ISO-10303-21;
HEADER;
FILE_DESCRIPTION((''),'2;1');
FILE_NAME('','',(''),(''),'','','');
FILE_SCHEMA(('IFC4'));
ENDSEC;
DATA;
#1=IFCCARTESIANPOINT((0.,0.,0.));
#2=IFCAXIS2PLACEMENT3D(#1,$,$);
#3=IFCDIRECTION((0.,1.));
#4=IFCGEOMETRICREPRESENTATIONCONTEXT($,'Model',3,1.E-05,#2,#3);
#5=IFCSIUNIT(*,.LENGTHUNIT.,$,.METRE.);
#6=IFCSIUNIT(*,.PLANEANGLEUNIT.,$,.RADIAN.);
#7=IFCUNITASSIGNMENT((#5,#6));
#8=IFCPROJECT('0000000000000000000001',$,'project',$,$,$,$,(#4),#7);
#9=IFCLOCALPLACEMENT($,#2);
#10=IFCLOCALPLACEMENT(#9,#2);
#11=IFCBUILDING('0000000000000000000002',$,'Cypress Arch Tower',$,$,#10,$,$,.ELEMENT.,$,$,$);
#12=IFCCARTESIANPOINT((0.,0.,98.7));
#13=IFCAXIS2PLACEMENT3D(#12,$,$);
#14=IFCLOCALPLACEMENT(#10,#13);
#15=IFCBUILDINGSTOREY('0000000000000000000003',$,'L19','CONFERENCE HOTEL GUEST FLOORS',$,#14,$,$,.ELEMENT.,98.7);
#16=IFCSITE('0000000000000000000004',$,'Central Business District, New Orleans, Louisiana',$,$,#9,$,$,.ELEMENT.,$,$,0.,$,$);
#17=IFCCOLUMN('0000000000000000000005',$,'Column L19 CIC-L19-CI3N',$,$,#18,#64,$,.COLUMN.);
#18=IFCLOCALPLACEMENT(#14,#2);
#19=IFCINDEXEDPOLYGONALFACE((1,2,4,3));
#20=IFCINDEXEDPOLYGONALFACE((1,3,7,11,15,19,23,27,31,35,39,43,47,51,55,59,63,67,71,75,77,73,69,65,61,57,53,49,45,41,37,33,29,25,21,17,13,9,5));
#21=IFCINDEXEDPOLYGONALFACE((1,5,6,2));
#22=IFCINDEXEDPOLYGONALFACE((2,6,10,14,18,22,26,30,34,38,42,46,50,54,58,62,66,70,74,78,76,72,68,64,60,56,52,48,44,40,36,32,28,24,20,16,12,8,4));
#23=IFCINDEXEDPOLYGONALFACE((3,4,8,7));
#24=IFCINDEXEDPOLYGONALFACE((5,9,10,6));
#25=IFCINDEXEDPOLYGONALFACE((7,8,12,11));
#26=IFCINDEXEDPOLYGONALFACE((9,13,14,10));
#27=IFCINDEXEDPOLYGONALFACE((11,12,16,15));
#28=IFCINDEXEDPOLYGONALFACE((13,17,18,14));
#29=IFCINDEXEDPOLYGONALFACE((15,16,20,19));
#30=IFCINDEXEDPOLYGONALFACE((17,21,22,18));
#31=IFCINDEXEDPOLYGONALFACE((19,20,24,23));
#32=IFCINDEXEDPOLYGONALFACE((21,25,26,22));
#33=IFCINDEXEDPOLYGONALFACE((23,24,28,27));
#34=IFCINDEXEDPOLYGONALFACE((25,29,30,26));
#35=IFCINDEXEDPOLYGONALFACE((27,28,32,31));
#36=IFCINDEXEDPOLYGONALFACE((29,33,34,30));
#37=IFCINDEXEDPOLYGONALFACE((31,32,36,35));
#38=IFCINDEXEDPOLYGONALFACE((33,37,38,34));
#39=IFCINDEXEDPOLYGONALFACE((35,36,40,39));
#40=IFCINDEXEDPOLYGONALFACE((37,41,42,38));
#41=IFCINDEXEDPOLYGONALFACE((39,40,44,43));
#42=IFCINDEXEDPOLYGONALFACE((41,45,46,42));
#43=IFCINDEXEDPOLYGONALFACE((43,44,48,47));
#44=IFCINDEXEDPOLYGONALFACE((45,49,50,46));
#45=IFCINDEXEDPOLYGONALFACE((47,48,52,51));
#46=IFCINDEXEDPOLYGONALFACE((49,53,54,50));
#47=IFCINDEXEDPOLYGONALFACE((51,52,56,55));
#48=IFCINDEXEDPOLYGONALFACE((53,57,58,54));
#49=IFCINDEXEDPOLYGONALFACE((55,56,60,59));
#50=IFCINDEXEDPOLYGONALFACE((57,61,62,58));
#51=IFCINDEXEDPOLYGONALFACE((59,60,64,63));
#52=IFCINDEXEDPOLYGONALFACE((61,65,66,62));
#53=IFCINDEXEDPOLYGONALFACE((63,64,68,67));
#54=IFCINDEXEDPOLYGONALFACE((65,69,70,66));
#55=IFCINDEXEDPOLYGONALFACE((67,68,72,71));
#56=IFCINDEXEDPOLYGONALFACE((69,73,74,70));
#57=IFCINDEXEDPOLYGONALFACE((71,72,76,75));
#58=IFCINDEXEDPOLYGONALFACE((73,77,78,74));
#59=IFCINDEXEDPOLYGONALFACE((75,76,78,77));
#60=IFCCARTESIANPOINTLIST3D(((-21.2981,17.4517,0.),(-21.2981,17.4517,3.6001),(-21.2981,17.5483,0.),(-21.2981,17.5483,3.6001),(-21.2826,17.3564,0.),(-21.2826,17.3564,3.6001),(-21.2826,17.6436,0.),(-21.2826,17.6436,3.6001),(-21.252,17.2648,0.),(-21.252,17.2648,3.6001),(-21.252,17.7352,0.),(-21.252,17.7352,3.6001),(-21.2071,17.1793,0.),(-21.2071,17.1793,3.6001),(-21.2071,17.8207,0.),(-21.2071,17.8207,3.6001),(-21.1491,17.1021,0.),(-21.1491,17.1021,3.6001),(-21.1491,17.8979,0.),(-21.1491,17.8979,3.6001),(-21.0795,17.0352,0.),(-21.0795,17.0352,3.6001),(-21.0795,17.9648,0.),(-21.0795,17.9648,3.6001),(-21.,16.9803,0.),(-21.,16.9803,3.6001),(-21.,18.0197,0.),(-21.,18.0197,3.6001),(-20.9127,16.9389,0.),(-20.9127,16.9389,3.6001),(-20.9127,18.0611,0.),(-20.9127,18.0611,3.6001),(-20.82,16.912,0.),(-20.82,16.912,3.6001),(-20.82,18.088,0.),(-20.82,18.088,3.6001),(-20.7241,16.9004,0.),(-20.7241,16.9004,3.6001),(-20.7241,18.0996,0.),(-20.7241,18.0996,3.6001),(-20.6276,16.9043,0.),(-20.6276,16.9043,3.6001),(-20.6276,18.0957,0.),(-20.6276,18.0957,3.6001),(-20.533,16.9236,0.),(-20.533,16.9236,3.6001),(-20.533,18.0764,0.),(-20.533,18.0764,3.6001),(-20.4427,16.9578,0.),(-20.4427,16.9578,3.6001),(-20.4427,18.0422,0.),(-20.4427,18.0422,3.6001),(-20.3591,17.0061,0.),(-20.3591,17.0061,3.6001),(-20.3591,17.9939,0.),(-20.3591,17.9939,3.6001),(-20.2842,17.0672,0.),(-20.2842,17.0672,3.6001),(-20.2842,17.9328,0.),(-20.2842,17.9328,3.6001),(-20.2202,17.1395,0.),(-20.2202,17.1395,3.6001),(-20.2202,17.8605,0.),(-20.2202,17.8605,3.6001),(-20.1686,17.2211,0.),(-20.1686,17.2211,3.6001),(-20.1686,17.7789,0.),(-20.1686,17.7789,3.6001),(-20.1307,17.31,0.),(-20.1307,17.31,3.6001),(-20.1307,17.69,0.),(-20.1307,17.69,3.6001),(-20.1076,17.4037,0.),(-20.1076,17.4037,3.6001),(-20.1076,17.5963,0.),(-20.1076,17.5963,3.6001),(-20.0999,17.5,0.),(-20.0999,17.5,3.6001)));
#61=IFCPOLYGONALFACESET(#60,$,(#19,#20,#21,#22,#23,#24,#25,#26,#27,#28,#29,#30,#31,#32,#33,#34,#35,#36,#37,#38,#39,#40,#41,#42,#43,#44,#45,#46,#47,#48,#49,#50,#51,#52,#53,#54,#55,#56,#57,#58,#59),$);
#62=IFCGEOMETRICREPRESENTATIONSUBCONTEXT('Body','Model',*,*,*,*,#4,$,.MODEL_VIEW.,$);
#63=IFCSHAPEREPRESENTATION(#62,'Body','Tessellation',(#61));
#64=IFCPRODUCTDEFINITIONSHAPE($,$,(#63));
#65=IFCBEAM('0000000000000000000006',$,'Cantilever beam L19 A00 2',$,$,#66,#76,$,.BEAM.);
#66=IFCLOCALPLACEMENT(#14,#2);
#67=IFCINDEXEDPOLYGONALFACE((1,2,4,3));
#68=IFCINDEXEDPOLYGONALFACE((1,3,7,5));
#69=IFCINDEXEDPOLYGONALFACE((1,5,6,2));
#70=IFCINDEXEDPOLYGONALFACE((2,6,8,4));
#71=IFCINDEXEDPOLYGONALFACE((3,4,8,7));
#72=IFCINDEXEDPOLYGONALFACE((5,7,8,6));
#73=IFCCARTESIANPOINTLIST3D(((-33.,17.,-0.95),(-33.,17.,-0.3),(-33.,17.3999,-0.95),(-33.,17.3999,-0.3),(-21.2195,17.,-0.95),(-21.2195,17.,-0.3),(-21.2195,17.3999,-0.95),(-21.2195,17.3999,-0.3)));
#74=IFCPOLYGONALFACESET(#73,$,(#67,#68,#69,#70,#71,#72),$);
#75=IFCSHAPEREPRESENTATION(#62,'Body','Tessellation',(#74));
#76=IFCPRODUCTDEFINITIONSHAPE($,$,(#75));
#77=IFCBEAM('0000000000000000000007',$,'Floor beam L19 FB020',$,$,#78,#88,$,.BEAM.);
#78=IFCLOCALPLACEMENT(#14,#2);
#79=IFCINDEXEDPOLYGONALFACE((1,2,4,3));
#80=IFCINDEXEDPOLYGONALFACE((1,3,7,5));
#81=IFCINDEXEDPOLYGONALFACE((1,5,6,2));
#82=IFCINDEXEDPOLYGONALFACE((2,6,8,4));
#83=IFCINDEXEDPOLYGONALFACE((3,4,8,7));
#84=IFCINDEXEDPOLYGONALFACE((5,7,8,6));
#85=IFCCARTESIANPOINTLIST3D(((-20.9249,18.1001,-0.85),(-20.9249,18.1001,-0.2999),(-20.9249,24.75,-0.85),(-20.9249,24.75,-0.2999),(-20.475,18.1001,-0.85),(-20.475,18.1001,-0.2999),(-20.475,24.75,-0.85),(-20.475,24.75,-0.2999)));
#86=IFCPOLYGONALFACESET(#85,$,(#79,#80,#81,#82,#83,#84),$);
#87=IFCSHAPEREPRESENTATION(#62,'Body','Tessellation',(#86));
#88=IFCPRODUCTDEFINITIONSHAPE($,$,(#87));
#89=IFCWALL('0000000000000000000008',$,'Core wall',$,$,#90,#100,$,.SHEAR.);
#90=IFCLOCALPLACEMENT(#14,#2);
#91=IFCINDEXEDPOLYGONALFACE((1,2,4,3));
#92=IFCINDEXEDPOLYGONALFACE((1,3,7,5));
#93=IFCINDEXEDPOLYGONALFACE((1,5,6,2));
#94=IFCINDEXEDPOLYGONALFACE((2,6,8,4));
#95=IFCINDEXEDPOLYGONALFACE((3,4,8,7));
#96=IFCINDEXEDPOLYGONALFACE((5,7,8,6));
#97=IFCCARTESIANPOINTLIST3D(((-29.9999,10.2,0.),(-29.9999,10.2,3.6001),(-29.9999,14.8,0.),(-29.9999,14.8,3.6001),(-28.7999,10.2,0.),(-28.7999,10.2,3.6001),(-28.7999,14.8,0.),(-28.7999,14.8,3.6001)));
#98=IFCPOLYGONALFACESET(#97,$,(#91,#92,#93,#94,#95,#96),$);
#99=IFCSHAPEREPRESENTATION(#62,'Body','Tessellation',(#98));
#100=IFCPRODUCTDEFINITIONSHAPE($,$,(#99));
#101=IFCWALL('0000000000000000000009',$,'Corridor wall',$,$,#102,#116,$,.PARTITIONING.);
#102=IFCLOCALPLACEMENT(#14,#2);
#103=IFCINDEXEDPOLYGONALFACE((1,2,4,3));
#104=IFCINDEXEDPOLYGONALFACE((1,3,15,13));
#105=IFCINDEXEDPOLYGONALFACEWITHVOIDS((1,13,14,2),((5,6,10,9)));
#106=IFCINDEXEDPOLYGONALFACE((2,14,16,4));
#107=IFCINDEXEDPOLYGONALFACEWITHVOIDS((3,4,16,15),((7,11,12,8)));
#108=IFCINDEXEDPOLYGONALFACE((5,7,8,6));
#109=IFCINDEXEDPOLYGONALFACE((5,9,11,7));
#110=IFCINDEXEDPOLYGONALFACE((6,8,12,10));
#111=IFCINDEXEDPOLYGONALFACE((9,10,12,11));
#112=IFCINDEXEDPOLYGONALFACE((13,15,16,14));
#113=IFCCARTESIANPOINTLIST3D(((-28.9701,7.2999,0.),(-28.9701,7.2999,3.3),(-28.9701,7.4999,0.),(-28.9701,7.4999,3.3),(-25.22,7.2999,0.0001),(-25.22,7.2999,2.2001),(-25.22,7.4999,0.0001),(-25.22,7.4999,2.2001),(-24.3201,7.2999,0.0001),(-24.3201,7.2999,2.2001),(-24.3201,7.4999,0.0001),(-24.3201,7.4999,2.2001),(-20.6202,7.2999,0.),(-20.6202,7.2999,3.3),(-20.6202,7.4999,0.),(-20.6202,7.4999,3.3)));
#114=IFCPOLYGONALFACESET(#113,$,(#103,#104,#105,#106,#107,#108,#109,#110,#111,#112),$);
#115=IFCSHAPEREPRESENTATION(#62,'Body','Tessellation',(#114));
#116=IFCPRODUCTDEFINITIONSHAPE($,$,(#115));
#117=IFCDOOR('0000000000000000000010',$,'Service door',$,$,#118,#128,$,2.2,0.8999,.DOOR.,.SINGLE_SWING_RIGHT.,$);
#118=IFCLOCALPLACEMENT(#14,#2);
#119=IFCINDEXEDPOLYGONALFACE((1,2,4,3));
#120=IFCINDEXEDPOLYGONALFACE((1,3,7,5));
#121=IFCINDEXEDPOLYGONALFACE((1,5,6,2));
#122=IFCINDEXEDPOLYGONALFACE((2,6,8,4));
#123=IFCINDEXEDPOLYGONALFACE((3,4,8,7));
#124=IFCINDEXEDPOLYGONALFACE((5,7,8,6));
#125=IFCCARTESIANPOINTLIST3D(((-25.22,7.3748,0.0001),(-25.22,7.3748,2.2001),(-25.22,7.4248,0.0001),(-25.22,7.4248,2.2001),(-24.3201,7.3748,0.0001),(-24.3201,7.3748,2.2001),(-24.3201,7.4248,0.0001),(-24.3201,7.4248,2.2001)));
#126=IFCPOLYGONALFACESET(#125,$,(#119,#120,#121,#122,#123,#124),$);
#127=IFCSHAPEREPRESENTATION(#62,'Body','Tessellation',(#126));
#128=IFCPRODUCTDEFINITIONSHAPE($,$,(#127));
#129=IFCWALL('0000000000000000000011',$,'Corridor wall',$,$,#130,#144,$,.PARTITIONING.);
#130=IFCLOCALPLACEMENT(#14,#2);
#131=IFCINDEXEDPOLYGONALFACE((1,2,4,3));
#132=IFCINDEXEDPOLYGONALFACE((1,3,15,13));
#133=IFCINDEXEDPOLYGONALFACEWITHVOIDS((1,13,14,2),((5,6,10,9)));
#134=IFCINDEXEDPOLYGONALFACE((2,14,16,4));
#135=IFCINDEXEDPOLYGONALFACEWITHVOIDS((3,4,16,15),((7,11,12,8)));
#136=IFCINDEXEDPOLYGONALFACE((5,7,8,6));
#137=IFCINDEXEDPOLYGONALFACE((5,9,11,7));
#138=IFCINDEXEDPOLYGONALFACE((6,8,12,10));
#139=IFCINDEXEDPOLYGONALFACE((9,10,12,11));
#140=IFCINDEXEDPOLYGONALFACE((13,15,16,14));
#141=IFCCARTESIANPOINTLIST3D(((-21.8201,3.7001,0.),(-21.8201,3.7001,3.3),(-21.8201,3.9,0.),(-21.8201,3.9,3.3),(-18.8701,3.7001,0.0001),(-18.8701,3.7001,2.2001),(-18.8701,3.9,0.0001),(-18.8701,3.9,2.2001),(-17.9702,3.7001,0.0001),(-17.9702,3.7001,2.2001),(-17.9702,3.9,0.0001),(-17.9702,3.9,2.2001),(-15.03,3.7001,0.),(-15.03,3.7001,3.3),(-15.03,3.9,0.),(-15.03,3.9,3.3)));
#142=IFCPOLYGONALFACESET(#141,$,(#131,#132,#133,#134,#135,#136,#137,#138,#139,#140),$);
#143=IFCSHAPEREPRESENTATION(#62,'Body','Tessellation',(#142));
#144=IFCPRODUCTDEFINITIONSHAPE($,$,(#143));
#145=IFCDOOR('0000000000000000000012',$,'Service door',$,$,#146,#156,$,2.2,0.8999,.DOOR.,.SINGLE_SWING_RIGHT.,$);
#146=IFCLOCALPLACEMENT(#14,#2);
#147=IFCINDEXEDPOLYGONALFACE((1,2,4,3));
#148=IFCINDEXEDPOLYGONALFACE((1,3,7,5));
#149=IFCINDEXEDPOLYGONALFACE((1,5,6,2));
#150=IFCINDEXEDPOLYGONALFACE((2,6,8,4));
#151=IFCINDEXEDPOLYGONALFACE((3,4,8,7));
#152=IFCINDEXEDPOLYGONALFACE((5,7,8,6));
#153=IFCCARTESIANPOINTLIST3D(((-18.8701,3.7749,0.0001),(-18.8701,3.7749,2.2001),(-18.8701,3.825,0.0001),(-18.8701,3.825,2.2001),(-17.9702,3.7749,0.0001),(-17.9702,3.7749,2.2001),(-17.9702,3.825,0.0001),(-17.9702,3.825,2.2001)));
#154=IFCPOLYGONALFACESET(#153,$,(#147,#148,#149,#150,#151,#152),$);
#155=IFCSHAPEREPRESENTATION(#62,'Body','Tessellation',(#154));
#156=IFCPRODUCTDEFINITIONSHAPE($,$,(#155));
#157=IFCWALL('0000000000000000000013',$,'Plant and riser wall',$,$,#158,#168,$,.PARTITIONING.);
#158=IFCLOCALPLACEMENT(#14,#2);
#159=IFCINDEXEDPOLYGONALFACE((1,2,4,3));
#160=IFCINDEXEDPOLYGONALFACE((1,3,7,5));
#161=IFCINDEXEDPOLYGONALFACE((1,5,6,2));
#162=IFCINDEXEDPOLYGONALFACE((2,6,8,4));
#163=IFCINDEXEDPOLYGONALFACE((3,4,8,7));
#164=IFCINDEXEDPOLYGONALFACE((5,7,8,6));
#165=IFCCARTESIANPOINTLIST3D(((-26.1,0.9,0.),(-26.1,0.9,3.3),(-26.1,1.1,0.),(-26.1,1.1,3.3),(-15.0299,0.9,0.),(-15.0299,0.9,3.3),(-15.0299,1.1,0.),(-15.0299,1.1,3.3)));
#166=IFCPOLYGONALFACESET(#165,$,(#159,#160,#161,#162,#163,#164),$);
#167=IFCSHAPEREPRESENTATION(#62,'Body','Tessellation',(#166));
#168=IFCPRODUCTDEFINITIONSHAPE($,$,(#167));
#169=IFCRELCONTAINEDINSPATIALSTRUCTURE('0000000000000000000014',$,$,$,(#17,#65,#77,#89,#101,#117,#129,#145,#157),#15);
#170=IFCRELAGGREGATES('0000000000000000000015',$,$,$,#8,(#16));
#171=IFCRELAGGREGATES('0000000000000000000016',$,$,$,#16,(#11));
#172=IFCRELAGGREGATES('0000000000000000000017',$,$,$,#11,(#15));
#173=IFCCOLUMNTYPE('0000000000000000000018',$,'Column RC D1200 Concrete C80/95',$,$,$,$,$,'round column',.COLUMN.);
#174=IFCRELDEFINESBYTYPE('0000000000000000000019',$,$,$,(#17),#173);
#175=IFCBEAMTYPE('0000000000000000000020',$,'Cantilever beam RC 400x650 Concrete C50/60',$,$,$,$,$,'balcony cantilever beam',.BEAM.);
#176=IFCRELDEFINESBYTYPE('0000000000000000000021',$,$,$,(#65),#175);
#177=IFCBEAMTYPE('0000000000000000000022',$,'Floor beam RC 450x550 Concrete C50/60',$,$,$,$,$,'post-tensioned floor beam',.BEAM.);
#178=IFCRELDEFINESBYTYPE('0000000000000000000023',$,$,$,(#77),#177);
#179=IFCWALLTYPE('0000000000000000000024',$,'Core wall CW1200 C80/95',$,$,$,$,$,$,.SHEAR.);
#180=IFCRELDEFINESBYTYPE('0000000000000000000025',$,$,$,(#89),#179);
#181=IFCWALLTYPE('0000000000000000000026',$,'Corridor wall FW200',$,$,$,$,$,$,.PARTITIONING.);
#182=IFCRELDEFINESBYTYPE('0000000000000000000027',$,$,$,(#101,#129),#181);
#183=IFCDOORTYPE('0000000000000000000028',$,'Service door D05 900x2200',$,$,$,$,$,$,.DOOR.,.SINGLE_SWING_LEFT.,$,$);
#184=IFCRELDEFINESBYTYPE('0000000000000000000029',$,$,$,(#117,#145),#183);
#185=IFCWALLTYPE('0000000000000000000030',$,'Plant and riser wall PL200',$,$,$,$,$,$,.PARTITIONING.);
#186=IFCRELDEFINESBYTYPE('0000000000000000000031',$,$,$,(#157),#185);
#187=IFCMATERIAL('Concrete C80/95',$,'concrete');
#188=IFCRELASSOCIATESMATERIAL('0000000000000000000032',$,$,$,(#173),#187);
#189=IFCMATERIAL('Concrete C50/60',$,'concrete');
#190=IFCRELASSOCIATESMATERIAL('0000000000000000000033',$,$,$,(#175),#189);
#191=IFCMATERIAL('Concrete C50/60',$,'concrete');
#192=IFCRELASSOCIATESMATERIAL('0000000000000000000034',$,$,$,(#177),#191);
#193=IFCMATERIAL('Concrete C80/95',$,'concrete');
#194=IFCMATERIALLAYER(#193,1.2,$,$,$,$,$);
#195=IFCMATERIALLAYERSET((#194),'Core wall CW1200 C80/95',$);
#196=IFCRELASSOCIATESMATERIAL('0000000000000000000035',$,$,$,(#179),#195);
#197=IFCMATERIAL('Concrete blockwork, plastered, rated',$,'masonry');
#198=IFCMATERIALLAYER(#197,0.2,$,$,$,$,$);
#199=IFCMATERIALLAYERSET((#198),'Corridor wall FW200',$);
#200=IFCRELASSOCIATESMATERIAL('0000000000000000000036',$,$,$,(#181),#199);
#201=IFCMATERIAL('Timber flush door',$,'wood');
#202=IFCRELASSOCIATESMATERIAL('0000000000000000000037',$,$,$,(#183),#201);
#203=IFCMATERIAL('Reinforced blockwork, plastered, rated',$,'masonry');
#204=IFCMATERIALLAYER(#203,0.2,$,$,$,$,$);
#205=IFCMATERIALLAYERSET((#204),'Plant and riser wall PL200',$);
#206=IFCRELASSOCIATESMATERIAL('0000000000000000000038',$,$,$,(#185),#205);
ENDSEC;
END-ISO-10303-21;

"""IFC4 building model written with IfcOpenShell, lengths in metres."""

from ifc_helpers import new_model, si_unit, direction, frame, frame_2d, origin, origin_2d, place, context, subcontext, project, spatial, rectangle, circle, extrude, material, layer, layer_set, material_profile, profile_set, type_object, element, fill, save


model = new_model("IFC4")

# Units and contexts
model_context = context("Model", 3, precision=1e-05, world=origin(), true_north=direction((0.0, 1.0)))
body_context = subcontext(model_context, "Body", "Model", "MODEL_VIEW")
ifc_project = project(units=[si_unit("LENGTHUNIT", "METRE"), si_unit("PLANEANGLEUNIT", "RADIAN")], contexts=[model_context])

# Site, building, storey
site_placement = place(None, origin())
site = spatial("IfcSite", under=ifc_project, at=site_placement, Name="Central Business District, New Orleans, Louisiana", CompositionType="ELEMENT", RefElevation=0.0)
building_placement = place(site_placement, origin())
building = spatial("IfcBuilding", under=site, at=building_placement, Name="Cypress Arch Tower", CompositionType="ELEMENT")
storey_placement = place(building_placement, frame((0.0, 0.0, 98.7)))
storey = spatial("IfcBuildingStorey", under=building, at=storey_placement, Name="L19", Description="CONFERENCE HOTEL GUEST FLOORS", CompositionType="ELEMENT", Elevation=98.7)

# Column
ifc_material_1 = material(Name="Concrete C80/95", Category="concrete")
ifc_material_profile_1 = material_profile(ifc_material_1, circle(Radius=0.6001, at=origin_2d()), Name="RC D1200")
ifc_profile_set_1 = profile_set([ifc_material_profile_1], Name="Concrete C80/95")
column_type = type_object("IfcColumnType", Name="Column RC D1200 Concrete C80/95", ElementType="round column", PredefinedType="COLUMN", material=ifc_profile_set_1)
column_placement = place(storey_placement, frame((-20.7, 17.5, 0.0), z_axis=(0.0, 0.0, 1.0), x_axis=(1.0, 0.0, 0.0)))
element("IfcColumn", 1, at=column_placement, inside=storey, type_object=column_type, Name="Column L19 CIC-L19-CI3N", PredefinedType="COLUMN", context=body_context, shape_type="SweptSolid", body=[
    extrude(circle(Radius=0.6001, at=origin_2d()), origin(), (0.0, 0.0, 1.0), 3.6001),
])

# Beams
ifc_material_2 = material(Name="Concrete C50/60", Category="concrete")
ifc_material_profile_2 = material_profile(ifc_material_2, rectangle(XDim=0.3999, YDim=0.6499, at=origin_2d()), Name="RC 400x650")
ifc_profile_set_2 = profile_set([ifc_material_profile_2], Name="Concrete C50/60")
beam_type_1 = type_object("IfcBeamType", Name="Cantilever beam RC 400x650 Concrete C50/60", ElementType="balcony cantilever beam", PredefinedType="BEAM", material=ifc_profile_set_2)
beam_1_placement = place(storey_placement, frame((-21.2195, 17.2, -0.625), z_axis=(-1.0, 0.0, 0.0), x_axis=(0.0, -1.0, 0.0)))
element("IfcBeam", 2, at=beam_1_placement, inside=storey, type_object=beam_type_1, Name="Cantilever beam L19 A00 2", PredefinedType="BEAM", context=body_context, shape_type="SweptSolid", body=[
    extrude(rectangle(XDim=0.3999, YDim=0.6499, at=origin_2d()), origin(), (0.0, 0.0, 1.0), 11.7805),
])
ifc_material_3 = material(Name="Concrete C50/60", Category="concrete")
ifc_material_profile_3 = material_profile(ifc_material_3, rectangle(XDim=0.45, YDim=0.55, at=origin_2d()), Name="RC 450x550")
ifc_profile_set_3 = profile_set([ifc_material_profile_3], Name="Concrete C50/60")
beam_type_2 = type_object("IfcBeamType", Name="Floor beam RC 450x550 Concrete C50/60", ElementType="post-tensioned floor beam", PredefinedType="BEAM", material=ifc_profile_set_3)
beam_2_placement = place(storey_placement, frame((-20.7, 18.1001, -0.575), z_axis=(0.0, 1.0, 0.0), x_axis=(-1.0, 0.0, 0.0)))
element("IfcBeam", 3, at=beam_2_placement, inside=storey, type_object=beam_type_2, Name="Floor beam L19 FB020", PredefinedType="BEAM", context=body_context, shape_type="SweptSolid", body=[
    extrude(rectangle(XDim=0.45, YDim=0.55, at=origin_2d()), origin(), (0.0, 0.0, 1.0), 6.6499),
])

# Shared definitions
ifc_material_4 = material(Name="Concrete C80/95", Category="concrete")
ifc_layer_1 = layer(ifc_material_4, 1.2)
ifc_layer_set_1 = layer_set([ifc_layer_1], Name="Core wall CW1200 C80/95")
wall_type_1 = type_object("IfcWallType", Name="Core wall CW1200 C80/95", PredefinedType="SHEAR", material=ifc_layer_set_1)

# Wall
wall_1_placement = place(storey_placement, frame((-29.3999, 10.2, 0.0), z_axis=(0.0, 0.0, 1.0), x_axis=(0.0, 1.0, 0.0)))
element("IfcWall", 4, at=wall_1_placement, inside=storey, type_object=wall_type_1, Name="Core wall", PredefinedType="SHEAR", context=body_context, shape_type="SweptSolid", body=[
    extrude(rectangle(XDim=4.6001, YDim=1.2, at=frame_2d((2.3, 0.0))), origin(), (0.0, 0.0, 1.0), 3.6001),
])

# Walls, openings, doors
ifc_material_5 = material(Name="Concrete blockwork, plastered, rated", Category="masonry")
ifc_layer_2 = layer(ifc_material_5, 0.2)
ifc_layer_set_2 = layer_set([ifc_layer_2], Name="Corridor wall FW200")
wall_type_2 = type_object("IfcWallType", Name="Corridor wall FW200", PredefinedType="PARTITIONING", material=ifc_layer_set_2)
wall_2_placement = place(storey_placement, frame((-28.97, 7.3999, 0.0), z_axis=(0.0, 0.0, 1.0), x_axis=(1.0, 0.0, 0.0)))
wall_2 = element("IfcWall", 5, at=wall_2_placement, inside=storey, type_object=wall_type_2, Name="Corridor wall", PredefinedType="PARTITIONING", context=body_context, shape_type="SweptSolid", body=[
    extrude(rectangle(XDim=8.3499, YDim=0.2, at=frame_2d((4.1748, 0.0))), origin(), (0.0, 0.0, 1.0), 3.3),
])
opening_1_placement = place(wall_2_placement, frame((3.75, 0.0, 0.0)))
opening_1 = element("IfcOpeningElement", 6, at=opening_1_placement, cuts=wall_2, PredefinedType="OPENING", context=body_context, shape_type="SweptSolid", body=[
    extrude(rectangle(XDim=0.8999, YDim=2.2, at=frame_2d((0.45, 1.1001))), frame((0.0, 0.1099, 0.0), z_axis=(0.0, -1.0, 0.0), x_axis=(1.0, 0.0, 0.0)), (0.0, 0.0, 1.0), 0.22),
])
ifc_material_6 = material(Name="Timber flush door", Category="wood")
door_type_1 = type_object("IfcDoorType", Name="Service door D05 900x2200", OperationType="SINGLE_SWING_LEFT", PredefinedType="DOOR", material=ifc_material_6)
door_1_placement = place(opening_1_placement, origin())
door_1 = element("IfcDoor", 7, at=door_1_placement, inside=storey, type_object=door_type_1, Name="Service door", OperationType="SINGLE_SWING_RIGHT", OverallHeight=2.2, OverallWidth=0.8999, PredefinedType="DOOR", context=body_context, shape_type="SweptSolid", body=[
    extrude(rectangle(XDim=0.8999, YDim=2.2, at=frame_2d((0.45, 1.1001))), frame((0.0, 0.0249, 0.0), z_axis=(0.0, -1.0, 0.0), x_axis=(1.0, 0.0, 0.0)), (0.0, 0.0, 1.0), 0.05),
])
fill(opening_1, door_1)
wall_3_placement = place(storey_placement, frame((-21.8201, 3.8, 0.0), z_axis=(0.0, 0.0, 1.0), x_axis=(1.0, 0.0, 0.0)))
wall_3 = element("IfcWall", 8, at=wall_3_placement, inside=storey, type_object=wall_type_2, Name="Corridor wall", PredefinedType="PARTITIONING", context=body_context, shape_type="SweptSolid", body=[
    extrude(rectangle(XDim=6.79, YDim=0.2, at=frame_2d((3.395, 0.0))), origin(), (0.0, 0.0, 1.0), 3.3),
])
opening_2_placement = place(wall_3_placement, frame((2.95, 0.0, 0.0)))
opening_2 = element("IfcOpeningElement", 9, at=opening_2_placement, cuts=wall_3, PredefinedType="OPENING", context=body_context, shape_type="SweptSolid", body=[
    extrude(rectangle(XDim=0.8999, YDim=2.2, at=frame_2d((0.45, 1.1001))), frame((0.0, 0.1099, 0.0), z_axis=(0.0, -1.0, 0.0), x_axis=(1.0, 0.0, 0.0)), (0.0, 0.0, 1.0), 0.22),
])
door_2_placement = place(opening_2_placement, origin())
door_2 = element("IfcDoor", 10, at=door_2_placement, inside=storey, type_object=door_type_1, Name="Service door", OperationType="SINGLE_SWING_RIGHT", OverallHeight=2.2, OverallWidth=0.8999, PredefinedType="DOOR", context=body_context, shape_type="SweptSolid", body=[
    extrude(rectangle(XDim=0.8999, YDim=2.2, at=frame_2d((0.45, 1.1001))), frame((0.0, 0.0249, 0.0), z_axis=(0.0, -1.0, 0.0), x_axis=(1.0, 0.0, 0.0)), (0.0, 0.0, 1.0), 0.05),
])
fill(opening_2, door_2)

# Wall
ifc_material_7 = material(Name="Reinforced blockwork, plastered, rated", Category="masonry")
ifc_layer_3 = layer(ifc_material_7, 0.2)
ifc_layer_set_3 = layer_set([ifc_layer_3], Name="Plant and riser wall PL200")
wall_type_3 = type_object("IfcWallType", Name="Plant and riser wall PL200", PredefinedType="PARTITIONING", material=ifc_layer_set_3)
wall_4_placement = place(storey_placement, frame((-26.1001, 1.0, 0.0), z_axis=(0.0, 0.0, 1.0), x_axis=(1.0, 0.0, 0.0)))
element("IfcWall", 11, at=wall_4_placement, inside=storey, type_object=wall_type_3, Name="Plant and riser wall", PredefinedType="PARTITIONING", context=body_context, shape_type="SweptSolid", body=[
    extrude(rectangle(XDim=11.0701, YDim=0.2, at=frame_2d((5.5352, 0.0))), origin(), (0.0, 0.0, 1.0), 3.3),
])

save(model, "model.ifc")
